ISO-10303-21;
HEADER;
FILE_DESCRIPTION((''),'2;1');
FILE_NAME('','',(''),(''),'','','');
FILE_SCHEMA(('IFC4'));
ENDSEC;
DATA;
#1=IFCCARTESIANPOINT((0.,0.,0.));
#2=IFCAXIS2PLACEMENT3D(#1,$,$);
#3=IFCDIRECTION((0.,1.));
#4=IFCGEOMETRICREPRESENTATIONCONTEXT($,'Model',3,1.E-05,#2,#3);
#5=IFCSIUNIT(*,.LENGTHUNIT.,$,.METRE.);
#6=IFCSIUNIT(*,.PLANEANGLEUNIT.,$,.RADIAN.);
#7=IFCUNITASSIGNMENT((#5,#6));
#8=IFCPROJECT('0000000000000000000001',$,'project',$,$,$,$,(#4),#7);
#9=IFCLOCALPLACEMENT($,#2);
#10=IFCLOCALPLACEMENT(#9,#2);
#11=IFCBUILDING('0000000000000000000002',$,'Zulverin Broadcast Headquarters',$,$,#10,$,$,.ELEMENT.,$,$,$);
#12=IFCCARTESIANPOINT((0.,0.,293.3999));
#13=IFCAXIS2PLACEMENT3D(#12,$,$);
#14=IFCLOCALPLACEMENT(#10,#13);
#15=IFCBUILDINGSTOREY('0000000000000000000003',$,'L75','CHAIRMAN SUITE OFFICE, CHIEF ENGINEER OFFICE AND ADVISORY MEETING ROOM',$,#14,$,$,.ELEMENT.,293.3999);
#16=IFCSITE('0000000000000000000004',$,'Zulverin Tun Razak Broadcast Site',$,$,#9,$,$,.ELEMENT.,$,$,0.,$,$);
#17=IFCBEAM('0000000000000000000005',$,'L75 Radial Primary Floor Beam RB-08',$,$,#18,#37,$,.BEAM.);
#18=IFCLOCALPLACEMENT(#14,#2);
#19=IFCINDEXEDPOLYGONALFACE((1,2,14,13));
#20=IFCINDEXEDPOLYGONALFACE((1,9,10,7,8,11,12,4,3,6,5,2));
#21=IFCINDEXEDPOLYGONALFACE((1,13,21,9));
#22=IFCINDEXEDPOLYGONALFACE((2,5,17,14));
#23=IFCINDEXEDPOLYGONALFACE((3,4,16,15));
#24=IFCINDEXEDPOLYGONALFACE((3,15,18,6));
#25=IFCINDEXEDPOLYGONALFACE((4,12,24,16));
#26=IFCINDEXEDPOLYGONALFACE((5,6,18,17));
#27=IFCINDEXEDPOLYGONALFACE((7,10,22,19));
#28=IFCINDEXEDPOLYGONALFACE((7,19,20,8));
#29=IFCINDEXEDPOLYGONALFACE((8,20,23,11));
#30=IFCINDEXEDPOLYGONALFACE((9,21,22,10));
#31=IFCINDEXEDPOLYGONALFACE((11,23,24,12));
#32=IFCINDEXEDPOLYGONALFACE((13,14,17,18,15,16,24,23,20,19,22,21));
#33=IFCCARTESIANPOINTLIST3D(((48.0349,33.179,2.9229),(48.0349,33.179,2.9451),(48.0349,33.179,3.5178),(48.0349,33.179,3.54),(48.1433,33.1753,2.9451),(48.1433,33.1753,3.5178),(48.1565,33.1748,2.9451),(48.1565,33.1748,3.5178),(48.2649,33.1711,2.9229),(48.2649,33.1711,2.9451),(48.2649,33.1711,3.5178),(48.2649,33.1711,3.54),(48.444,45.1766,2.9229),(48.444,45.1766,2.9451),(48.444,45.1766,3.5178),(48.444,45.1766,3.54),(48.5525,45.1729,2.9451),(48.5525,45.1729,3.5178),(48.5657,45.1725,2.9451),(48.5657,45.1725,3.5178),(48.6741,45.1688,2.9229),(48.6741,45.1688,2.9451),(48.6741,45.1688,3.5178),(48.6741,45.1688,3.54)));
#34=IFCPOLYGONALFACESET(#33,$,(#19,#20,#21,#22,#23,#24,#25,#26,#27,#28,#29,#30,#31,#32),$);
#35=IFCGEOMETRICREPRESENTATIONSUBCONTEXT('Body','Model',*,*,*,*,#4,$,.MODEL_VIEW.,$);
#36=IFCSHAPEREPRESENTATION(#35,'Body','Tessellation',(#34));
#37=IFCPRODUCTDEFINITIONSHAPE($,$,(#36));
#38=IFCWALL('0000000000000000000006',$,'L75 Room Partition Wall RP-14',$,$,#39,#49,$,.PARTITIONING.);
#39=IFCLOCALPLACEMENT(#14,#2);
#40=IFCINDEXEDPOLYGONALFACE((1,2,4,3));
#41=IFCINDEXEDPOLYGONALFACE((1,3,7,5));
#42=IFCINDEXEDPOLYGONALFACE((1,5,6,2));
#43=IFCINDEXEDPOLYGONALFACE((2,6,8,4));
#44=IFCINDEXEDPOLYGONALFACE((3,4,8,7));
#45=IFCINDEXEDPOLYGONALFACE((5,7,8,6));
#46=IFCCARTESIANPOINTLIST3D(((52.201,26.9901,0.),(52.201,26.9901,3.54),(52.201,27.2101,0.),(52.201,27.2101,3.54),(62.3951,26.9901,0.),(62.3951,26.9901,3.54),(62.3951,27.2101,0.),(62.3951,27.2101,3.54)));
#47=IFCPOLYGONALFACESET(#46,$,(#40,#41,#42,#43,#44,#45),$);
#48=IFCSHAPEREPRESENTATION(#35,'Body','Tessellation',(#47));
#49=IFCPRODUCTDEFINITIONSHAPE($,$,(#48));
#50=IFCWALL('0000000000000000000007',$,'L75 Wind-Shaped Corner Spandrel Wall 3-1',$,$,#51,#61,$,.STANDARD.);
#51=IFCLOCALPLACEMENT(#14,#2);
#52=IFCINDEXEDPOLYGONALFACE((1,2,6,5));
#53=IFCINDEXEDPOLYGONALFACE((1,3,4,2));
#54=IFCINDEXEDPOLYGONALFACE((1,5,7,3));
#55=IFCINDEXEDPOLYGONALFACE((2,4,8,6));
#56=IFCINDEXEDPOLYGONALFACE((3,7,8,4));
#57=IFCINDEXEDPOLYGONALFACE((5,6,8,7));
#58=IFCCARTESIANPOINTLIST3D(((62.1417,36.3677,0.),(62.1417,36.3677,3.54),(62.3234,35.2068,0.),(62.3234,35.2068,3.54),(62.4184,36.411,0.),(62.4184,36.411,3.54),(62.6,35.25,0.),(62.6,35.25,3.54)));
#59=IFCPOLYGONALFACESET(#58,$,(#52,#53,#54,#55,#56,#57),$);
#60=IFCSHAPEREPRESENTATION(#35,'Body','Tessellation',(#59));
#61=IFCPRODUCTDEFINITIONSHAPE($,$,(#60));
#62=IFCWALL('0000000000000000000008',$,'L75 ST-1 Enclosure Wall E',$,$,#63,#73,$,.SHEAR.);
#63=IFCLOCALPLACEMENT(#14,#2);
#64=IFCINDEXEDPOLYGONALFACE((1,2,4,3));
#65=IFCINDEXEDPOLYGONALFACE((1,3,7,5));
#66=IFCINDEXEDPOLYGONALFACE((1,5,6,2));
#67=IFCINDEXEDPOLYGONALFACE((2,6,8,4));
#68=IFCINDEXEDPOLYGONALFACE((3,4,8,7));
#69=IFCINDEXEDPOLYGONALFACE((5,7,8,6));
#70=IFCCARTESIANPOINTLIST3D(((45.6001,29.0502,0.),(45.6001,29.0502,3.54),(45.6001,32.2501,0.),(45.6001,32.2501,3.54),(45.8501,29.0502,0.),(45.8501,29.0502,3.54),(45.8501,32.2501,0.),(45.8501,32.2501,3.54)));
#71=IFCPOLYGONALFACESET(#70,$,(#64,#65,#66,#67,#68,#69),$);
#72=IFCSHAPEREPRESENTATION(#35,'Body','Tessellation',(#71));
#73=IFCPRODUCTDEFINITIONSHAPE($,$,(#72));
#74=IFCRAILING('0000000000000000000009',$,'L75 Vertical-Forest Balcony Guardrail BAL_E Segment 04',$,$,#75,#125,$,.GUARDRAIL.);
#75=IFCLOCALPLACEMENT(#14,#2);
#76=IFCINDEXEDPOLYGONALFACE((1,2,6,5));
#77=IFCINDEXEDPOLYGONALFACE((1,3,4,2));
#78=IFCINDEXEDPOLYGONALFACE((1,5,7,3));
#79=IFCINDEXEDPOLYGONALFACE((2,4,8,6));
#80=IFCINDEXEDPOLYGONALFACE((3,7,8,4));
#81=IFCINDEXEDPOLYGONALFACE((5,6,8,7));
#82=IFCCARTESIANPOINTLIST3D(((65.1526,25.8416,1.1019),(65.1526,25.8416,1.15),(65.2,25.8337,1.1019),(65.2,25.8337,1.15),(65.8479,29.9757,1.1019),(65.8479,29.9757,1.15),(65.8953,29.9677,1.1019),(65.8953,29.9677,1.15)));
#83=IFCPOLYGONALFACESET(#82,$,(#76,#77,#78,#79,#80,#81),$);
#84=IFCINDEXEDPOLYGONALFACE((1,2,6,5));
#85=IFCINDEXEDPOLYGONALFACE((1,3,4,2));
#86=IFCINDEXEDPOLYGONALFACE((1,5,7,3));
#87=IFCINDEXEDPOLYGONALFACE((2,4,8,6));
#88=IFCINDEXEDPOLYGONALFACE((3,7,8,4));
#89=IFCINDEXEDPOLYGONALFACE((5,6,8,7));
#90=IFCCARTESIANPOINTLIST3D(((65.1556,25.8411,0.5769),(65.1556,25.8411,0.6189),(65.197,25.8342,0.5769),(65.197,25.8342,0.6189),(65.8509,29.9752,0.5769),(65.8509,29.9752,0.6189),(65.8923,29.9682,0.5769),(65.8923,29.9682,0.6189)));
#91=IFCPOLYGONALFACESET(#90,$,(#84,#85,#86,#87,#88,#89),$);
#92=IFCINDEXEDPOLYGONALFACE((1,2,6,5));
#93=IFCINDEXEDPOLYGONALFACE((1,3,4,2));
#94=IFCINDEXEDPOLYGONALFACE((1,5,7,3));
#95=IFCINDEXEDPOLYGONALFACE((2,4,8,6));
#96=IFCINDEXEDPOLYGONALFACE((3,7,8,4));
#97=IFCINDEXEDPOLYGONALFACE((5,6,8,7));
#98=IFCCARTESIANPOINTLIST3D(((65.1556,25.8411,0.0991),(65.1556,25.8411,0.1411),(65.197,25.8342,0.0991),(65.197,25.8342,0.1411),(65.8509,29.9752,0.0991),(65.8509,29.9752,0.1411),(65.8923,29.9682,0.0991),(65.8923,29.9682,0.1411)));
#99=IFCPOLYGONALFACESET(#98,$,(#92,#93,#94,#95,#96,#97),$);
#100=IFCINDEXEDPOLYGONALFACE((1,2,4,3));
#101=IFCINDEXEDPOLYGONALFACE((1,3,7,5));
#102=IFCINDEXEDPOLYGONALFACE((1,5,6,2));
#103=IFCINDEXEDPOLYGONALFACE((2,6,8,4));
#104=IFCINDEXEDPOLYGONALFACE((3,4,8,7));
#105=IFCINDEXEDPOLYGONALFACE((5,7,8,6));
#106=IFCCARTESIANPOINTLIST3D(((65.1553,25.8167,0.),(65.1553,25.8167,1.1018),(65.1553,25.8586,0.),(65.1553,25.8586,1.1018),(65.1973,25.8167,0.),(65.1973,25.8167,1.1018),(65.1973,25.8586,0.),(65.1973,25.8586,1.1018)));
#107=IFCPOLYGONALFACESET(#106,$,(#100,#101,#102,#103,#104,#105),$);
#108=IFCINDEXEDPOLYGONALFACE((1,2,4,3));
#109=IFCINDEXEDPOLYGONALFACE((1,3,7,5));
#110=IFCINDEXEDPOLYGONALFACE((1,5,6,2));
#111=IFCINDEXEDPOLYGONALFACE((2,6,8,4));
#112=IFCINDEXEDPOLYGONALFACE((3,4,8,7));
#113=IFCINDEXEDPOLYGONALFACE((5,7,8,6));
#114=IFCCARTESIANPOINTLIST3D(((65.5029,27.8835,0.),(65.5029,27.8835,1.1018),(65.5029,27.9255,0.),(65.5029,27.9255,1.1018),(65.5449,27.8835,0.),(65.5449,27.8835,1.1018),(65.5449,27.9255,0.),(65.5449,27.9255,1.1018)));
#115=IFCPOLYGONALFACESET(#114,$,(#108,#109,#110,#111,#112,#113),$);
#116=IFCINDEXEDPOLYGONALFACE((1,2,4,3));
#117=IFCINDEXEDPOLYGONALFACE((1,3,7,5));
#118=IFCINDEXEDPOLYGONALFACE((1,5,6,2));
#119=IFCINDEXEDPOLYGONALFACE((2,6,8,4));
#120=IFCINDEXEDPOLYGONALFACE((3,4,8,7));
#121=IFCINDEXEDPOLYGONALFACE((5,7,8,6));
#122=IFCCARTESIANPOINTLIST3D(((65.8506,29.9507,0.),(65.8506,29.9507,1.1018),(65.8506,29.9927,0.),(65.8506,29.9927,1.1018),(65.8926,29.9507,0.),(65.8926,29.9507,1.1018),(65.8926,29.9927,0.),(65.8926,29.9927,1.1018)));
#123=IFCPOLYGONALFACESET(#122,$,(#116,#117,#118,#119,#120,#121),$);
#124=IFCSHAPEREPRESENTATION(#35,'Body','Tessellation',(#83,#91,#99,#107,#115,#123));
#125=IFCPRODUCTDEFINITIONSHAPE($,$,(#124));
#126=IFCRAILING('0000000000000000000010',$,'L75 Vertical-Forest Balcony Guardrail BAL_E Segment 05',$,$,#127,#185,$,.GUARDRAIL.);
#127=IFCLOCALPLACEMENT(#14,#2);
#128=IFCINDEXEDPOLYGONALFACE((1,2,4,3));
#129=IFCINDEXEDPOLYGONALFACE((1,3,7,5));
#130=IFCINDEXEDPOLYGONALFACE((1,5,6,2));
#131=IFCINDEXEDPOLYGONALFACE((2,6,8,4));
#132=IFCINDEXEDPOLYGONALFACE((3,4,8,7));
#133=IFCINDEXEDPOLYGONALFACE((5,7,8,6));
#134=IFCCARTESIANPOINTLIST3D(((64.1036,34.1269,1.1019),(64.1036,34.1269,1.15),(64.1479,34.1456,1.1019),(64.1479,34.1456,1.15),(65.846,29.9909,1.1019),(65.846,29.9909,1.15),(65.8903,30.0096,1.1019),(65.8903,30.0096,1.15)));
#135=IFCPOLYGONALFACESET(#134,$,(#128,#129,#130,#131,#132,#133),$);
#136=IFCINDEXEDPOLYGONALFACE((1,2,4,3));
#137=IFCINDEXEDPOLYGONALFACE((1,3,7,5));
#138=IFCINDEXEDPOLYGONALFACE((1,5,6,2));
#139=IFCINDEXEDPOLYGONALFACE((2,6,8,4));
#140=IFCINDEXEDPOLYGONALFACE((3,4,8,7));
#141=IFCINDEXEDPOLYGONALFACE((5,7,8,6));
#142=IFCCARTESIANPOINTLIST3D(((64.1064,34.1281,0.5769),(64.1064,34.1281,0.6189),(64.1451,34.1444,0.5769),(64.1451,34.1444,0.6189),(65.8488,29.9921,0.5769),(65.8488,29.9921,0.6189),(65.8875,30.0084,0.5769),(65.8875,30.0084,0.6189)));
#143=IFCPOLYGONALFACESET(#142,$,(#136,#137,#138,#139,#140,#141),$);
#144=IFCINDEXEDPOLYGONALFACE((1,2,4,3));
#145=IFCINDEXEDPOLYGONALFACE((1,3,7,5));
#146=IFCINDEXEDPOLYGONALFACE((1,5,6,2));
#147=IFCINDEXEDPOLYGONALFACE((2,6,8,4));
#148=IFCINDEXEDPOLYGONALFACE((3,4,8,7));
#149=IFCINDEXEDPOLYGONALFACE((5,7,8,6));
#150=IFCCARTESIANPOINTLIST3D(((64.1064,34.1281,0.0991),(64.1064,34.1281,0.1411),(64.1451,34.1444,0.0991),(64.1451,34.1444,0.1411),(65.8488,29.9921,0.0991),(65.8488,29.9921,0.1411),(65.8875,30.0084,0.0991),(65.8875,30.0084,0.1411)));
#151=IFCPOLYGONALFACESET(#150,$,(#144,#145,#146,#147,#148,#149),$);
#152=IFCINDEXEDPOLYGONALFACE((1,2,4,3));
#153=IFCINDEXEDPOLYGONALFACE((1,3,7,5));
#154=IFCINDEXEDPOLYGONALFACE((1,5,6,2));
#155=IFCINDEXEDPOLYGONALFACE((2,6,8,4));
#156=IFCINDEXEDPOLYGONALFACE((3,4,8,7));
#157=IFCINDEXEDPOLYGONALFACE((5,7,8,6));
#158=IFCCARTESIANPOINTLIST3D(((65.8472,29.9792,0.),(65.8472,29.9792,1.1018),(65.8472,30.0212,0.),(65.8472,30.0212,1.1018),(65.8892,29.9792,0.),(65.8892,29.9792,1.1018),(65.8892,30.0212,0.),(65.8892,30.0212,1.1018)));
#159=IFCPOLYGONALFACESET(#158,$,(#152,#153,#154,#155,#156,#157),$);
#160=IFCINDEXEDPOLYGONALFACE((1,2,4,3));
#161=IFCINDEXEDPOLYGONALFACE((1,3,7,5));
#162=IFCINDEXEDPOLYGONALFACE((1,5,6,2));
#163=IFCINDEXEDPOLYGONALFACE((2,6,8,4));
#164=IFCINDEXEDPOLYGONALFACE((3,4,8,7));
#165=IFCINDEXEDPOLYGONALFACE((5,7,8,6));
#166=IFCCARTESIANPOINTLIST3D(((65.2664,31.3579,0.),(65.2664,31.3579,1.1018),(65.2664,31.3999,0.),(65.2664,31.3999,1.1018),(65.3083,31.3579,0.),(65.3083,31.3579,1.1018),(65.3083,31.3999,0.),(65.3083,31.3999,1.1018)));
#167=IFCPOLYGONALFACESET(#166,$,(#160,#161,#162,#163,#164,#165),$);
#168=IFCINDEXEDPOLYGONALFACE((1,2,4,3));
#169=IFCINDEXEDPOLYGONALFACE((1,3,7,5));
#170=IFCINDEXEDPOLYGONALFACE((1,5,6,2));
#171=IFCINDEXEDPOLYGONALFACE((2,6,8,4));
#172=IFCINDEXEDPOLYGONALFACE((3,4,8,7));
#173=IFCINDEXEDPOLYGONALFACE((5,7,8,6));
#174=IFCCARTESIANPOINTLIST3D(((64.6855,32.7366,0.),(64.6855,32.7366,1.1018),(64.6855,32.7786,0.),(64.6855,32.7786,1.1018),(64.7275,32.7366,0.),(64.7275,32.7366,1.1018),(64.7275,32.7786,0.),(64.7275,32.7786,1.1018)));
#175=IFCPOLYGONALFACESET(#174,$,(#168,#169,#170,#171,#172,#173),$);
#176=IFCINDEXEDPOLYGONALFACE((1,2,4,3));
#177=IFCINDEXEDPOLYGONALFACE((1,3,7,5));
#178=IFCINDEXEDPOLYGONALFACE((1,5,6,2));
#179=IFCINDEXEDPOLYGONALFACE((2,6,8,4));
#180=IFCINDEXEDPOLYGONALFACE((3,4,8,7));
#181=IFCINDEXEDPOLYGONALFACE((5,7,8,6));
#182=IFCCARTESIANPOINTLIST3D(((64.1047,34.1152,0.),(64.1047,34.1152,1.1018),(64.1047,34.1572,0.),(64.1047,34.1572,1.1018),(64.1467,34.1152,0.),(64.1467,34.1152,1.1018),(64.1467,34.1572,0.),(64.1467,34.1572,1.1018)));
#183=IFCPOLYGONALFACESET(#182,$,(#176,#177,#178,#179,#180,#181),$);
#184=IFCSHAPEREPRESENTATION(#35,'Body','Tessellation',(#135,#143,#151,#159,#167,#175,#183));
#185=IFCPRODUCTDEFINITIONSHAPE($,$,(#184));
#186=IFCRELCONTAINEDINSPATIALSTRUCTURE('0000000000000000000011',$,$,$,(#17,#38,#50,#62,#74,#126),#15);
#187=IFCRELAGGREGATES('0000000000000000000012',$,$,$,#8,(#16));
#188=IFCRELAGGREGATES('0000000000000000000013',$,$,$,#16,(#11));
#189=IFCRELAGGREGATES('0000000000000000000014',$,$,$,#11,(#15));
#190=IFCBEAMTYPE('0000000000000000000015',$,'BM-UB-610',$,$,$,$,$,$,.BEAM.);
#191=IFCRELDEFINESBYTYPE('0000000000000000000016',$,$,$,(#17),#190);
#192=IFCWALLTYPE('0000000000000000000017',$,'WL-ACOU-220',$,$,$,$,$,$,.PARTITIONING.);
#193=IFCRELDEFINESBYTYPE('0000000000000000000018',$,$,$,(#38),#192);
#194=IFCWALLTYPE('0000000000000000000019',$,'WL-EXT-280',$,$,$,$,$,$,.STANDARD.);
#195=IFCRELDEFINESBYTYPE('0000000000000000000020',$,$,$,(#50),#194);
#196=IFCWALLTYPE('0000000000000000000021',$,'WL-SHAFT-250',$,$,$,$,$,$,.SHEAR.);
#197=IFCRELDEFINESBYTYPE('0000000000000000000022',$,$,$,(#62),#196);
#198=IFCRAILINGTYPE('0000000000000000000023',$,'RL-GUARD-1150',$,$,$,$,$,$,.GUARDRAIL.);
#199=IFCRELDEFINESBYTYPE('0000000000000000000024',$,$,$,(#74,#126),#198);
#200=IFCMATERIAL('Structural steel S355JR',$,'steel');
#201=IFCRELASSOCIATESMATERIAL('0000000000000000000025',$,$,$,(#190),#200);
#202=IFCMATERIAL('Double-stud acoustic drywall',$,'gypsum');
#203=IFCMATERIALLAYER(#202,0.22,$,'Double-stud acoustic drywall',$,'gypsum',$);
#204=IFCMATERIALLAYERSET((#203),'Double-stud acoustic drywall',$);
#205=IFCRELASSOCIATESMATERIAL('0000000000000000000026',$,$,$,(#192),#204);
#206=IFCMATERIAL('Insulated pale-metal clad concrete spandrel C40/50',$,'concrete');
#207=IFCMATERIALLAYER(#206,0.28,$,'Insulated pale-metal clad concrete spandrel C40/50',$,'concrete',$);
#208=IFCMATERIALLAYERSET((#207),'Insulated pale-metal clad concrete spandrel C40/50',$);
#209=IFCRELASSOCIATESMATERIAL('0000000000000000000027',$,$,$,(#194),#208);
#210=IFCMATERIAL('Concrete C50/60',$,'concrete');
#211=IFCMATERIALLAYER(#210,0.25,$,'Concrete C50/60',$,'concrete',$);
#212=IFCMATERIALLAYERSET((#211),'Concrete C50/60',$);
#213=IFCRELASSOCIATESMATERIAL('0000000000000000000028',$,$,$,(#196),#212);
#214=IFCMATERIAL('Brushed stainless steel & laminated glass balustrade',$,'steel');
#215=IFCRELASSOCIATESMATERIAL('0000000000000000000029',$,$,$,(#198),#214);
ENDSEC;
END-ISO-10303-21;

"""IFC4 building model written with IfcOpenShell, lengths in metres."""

from ifc_helpers import new_model, si_unit, direction, frame, frame_2d, origin, origin_2d, place, context, subcontext, project, spatial, rectangle, i_section, extrude, material, layer, layer_set, material_profile, profile_set, type_object, element, save


model = new_model("IFC4")

# Units and contexts
model_context = context("Model", 3, precision=1e-05, world=origin(), true_north=direction((0.0, 1.0)))
body_context = subcontext(model_context, "Body", "Model", "MODEL_VIEW")
ifc_project = project(units=[si_unit("LENGTHUNIT", "METRE"), si_unit("PLANEANGLEUNIT", "RADIAN")], contexts=[model_context])

# Site, building, storey
site_placement = place(None, origin())
site = spatial("IfcSite", under=ifc_project, at=site_placement, Name="Zulverin Tun Razak Broadcast Site", CompositionType="ELEMENT", RefElevation=0.0)
building_placement = place(site_placement, origin())
building = spatial("IfcBuilding", under=site, at=building_placement, Name="Zulverin Broadcast Headquarters", CompositionType="ELEMENT")
storey_placement = place(building_placement, frame((0.0, 0.0, 293.3999)))
storey = spatial("IfcBuildingStorey", under=building, at=storey_placement, Name="L75", Description="CHAIRMAN SUITE OFFICE, CHIEF ENGINEER OFFICE AND ADVISORY MEETING ROOM", CompositionType="ELEMENT", Elevation=293.3999)

# Shared definitions
ifc_material_1 = material(Name="Concrete C50/60", Category="concrete")

# Beam
ifc_material_2 = material(Name="Structural steel S355JR", Category="steel")
ifc_material_profile_1 = material_profile(ifc_material_2, i_section(OverallWidth=0.2302, OverallDepth=0.6172, WebThickness=0.0132, FlangeThickness=0.0222, at=origin_2d()), Name="Structural steel S355JR", Category="steel")
ifc_profile_set_1 = profile_set([ifc_material_profile_1], Name="Structural steel S355JR")
beam_type_1 = type_object("IfcBeamType", Name="BM-UB-610", PredefinedType="BEAM", material=ifc_profile_set_1)
beam_1_placement = place(storey_placement, frame((48.1499, 33.175, 3.2314), z_axis=(0.034085, 0.999419, 0.0), x_axis=(-0.999419, 0.034085, 0.0)))
element("IfcBeam", 1, at=beam_1_placement, inside=storey, type_object=beam_type_1, Name="L75 Radial Primary Floor Beam RB-08", PredefinedType="BEAM", context=body_context, shape_type="SweptSolid", body=[
    extrude(i_section(OverallWidth=0.2302, OverallDepth=0.6172, WebThickness=0.0132, FlangeThickness=0.0222, at=origin_2d()), origin(), (0.0, 0.0, 1.0), 12.0046),
])

# Walls
ifc_material_3 = material(Name="Double-stud acoustic drywall", Category="gypsum")
ifc_layer_1 = layer(ifc_material_3, 0.22, Name="Double-stud acoustic drywall", Category="gypsum")
ifc_layer_set_1 = layer_set([ifc_layer_1], Name="Double-stud acoustic drywall")
wall_type_1 = type_object("IfcWallType", Name="WL-ACOU-220", PredefinedType="PARTITIONING", material=ifc_layer_set_1)
wall_1_placement = place(storey_placement, frame((52.2009, 27.1001, 0.0), z_axis=(0.0, 0.0, 1.0), x_axis=(1.0, 0.0, 0.0)))
element("IfcWall", 2, at=wall_1_placement, inside=storey, type_object=wall_type_1, Name="L75 Room Partition Wall RP-14", PredefinedType="PARTITIONING", context=body_context, shape_type="SweptSolid", body=[
    extrude(rectangle(XDim=10.1941, YDim=0.22, at=frame_2d((5.0972, 0.0))), origin(), (0.0, 0.0, 1.0), 3.54),
])
ifc_material_4 = material(Name="Insulated pale-metal clad concrete spandrel C40/50", Category="concrete")
ifc_layer_2 = layer(ifc_material_4, 0.28, Name="Insulated pale-metal clad concrete spandrel C40/50", Category="concrete")
ifc_layer_set_2 = layer_set([ifc_layer_2], Name="Insulated pale-metal clad concrete spandrel C40/50")
wall_type_2 = type_object("IfcWallType", Name="WL-EXT-280", PredefinedType="STANDARD", material=ifc_layer_set_2)
wall_2_placement = place(storey_placement, frame((62.4617, 35.2285, 0.0), z_axis=(0.0, 0.0, 1.0), x_axis=(-0.154586, 0.987979, 0.0)))
element("IfcWall", 3, at=wall_2_placement, inside=storey, type_object=wall_type_2, Name="L75 Wind-Shaped Corner Spandrel Wall 3-1", PredefinedType="STANDARD", context=body_context, shape_type="SweptSolid", body=[
    extrude(rectangle(XDim=1.175, YDim=0.28, at=frame_2d((0.5874, 0.0))), origin(), (0.0, 0.0, 1.0), 3.54),
])
ifc_layer_3 = layer(ifc_material_1, 0.25, Name="Concrete C50/60", Category="concrete")
ifc_layer_set_3 = layer_set([ifc_layer_3], Name="Concrete C50/60")
wall_type_3 = type_object("IfcWallType", Name="WL-SHAFT-250", PredefinedType="SHEAR", material=ifc_layer_set_3)
wall_3_placement = place(storey_placement, frame((45.7251, 29.05, 0.0), z_axis=(0.0, 0.0, 1.0), x_axis=(0.0, 1.0, 0.0)))
element("IfcWall", 4, at=wall_3_placement, inside=storey, type_object=wall_type_3, Name="L75 ST-1 Enclosure Wall E", PredefinedType="SHEAR", context=body_context, shape_type="SweptSolid", body=[
    extrude(rectangle(XDim=3.2, YDim=0.25, at=frame_2d((1.6001, 0.0))), origin(), (0.0, 0.0, 1.0), 3.54),
])

# Railings
ifc_material_5 = material(Name="Brushed stainless steel & laminated glass balustrade", Category="steel")
railing_type = type_object("IfcRailingType", Name="RL-GUARD-1150", PredefinedType="GUARDRAIL", material=ifc_material_5)
railing_1_placement = place(storey_placement, frame((65.1763, 25.8376, 0.0)))
element("IfcRailing", 5, at=railing_1_placement, inside=storey, type_object=railing_type, Name="L75 Vertical-Forest Balcony Guardrail BAL_E Segment 04", PredefinedType="GUARDRAIL", context=body_context, shape_type="SweptSolid", body=[
    extrude(rectangle(XDim=0.0481, YDim=0.0481, at=origin_2d()), frame((0.0, 0.0, 1.126), z_axis=(0.165863, 0.986149, 0.0), x_axis=(-0.986149, 0.165863, 0.0)), (0.0, 0.0, 1.0), 4.1921),
    extrude(rectangle(XDim=0.042, YDim=0.042, at=origin_2d()), frame((0.0, 0.0, 0.5979), z_axis=(0.165863, 0.986149, 0.0), x_axis=(-0.986149, 0.165863, 0.0)), (0.0, 0.0, 1.0), 4.1921),
    extrude(rectangle(XDim=0.042, YDim=0.042, at=origin_2d()), frame((0.0, 0.0, 0.1201), z_axis=(0.165863, 0.986149, 0.0), x_axis=(-0.986149, 0.165863, 0.0)), (0.0, 0.0, 1.0), 4.1921),
    extrude(rectangle(XDim=0.042, YDim=0.042, at=origin_2d()), origin(), (0.0, 0.0, 1.0), 1.1018),
    extrude(rectangle(XDim=0.042, YDim=0.042, at=origin_2d()), frame((0.3477, 2.0669, 0.0)), (0.0, 0.0, 1.0), 1.1018),
    extrude(rectangle(XDim=0.042, YDim=0.042, at=origin_2d()), frame((0.6953, 4.134, 0.0)), (0.0, 0.0, 1.0), 1.1018),
])
railing_2_placement = place(storey_placement, frame((65.8682, 30.0002, 0.0)))
element("IfcRailing", 6, at=railing_2_placement, inside=storey, type_object=railing_type, Name="L75 Vertical-Forest Balcony Guardrail BAL_E Segment 05", PredefinedType="GUARDRAIL", context=body_context, shape_type="SweptSolid", body=[
    extrude(rectangle(XDim=0.0481, YDim=0.0481, at=origin_2d()), frame((0.0, 0.0, 1.126), z_axis=(-0.388239, 0.921559, 0.0), x_axis=(-0.921559, -0.388239, 0.0)), (0.0, 0.0, 1.0), 4.488),
    extrude(rectangle(XDim=0.042, YDim=0.042, at=origin_2d()), frame((0.0, 0.0, 0.5979), z_axis=(-0.388239, 0.921559, 0.0), x_axis=(-0.921559, -0.388239, 0.0)), (0.0, 0.0, 1.0), 4.488),
    extrude(rectangle(XDim=0.042, YDim=0.042, at=origin_2d()), frame((0.0, 0.0, 0.1201), z_axis=(-0.388239, 0.921559, 0.0), x_axis=(-0.921559, -0.388239, 0.0)), (0.0, 0.0, 1.0), 4.488),
    extrude(rectangle(XDim=0.042, YDim=0.042, at=origin_2d()), origin(), (0.0, 0.0, 1.0), 1.1018),
    extrude(rectangle(XDim=0.042, YDim=0.042, at=origin_2d()), frame((-0.5808, 1.3787, 0.0)), (0.0, 0.0, 1.0), 1.1018),
    extrude(rectangle(XDim=0.042, YDim=0.042, at=origin_2d()), frame((-1.1616, 2.7573, 0.0)), (0.0, 0.0, 1.0), 1.1018),
    extrude(rectangle(XDim=0.042, YDim=0.042, at=origin_2d()), frame((-1.7424, 4.136, 0.0)), (0.0, 0.0, 1.0), 1.1018),
])

save(model, "model.ifc")
